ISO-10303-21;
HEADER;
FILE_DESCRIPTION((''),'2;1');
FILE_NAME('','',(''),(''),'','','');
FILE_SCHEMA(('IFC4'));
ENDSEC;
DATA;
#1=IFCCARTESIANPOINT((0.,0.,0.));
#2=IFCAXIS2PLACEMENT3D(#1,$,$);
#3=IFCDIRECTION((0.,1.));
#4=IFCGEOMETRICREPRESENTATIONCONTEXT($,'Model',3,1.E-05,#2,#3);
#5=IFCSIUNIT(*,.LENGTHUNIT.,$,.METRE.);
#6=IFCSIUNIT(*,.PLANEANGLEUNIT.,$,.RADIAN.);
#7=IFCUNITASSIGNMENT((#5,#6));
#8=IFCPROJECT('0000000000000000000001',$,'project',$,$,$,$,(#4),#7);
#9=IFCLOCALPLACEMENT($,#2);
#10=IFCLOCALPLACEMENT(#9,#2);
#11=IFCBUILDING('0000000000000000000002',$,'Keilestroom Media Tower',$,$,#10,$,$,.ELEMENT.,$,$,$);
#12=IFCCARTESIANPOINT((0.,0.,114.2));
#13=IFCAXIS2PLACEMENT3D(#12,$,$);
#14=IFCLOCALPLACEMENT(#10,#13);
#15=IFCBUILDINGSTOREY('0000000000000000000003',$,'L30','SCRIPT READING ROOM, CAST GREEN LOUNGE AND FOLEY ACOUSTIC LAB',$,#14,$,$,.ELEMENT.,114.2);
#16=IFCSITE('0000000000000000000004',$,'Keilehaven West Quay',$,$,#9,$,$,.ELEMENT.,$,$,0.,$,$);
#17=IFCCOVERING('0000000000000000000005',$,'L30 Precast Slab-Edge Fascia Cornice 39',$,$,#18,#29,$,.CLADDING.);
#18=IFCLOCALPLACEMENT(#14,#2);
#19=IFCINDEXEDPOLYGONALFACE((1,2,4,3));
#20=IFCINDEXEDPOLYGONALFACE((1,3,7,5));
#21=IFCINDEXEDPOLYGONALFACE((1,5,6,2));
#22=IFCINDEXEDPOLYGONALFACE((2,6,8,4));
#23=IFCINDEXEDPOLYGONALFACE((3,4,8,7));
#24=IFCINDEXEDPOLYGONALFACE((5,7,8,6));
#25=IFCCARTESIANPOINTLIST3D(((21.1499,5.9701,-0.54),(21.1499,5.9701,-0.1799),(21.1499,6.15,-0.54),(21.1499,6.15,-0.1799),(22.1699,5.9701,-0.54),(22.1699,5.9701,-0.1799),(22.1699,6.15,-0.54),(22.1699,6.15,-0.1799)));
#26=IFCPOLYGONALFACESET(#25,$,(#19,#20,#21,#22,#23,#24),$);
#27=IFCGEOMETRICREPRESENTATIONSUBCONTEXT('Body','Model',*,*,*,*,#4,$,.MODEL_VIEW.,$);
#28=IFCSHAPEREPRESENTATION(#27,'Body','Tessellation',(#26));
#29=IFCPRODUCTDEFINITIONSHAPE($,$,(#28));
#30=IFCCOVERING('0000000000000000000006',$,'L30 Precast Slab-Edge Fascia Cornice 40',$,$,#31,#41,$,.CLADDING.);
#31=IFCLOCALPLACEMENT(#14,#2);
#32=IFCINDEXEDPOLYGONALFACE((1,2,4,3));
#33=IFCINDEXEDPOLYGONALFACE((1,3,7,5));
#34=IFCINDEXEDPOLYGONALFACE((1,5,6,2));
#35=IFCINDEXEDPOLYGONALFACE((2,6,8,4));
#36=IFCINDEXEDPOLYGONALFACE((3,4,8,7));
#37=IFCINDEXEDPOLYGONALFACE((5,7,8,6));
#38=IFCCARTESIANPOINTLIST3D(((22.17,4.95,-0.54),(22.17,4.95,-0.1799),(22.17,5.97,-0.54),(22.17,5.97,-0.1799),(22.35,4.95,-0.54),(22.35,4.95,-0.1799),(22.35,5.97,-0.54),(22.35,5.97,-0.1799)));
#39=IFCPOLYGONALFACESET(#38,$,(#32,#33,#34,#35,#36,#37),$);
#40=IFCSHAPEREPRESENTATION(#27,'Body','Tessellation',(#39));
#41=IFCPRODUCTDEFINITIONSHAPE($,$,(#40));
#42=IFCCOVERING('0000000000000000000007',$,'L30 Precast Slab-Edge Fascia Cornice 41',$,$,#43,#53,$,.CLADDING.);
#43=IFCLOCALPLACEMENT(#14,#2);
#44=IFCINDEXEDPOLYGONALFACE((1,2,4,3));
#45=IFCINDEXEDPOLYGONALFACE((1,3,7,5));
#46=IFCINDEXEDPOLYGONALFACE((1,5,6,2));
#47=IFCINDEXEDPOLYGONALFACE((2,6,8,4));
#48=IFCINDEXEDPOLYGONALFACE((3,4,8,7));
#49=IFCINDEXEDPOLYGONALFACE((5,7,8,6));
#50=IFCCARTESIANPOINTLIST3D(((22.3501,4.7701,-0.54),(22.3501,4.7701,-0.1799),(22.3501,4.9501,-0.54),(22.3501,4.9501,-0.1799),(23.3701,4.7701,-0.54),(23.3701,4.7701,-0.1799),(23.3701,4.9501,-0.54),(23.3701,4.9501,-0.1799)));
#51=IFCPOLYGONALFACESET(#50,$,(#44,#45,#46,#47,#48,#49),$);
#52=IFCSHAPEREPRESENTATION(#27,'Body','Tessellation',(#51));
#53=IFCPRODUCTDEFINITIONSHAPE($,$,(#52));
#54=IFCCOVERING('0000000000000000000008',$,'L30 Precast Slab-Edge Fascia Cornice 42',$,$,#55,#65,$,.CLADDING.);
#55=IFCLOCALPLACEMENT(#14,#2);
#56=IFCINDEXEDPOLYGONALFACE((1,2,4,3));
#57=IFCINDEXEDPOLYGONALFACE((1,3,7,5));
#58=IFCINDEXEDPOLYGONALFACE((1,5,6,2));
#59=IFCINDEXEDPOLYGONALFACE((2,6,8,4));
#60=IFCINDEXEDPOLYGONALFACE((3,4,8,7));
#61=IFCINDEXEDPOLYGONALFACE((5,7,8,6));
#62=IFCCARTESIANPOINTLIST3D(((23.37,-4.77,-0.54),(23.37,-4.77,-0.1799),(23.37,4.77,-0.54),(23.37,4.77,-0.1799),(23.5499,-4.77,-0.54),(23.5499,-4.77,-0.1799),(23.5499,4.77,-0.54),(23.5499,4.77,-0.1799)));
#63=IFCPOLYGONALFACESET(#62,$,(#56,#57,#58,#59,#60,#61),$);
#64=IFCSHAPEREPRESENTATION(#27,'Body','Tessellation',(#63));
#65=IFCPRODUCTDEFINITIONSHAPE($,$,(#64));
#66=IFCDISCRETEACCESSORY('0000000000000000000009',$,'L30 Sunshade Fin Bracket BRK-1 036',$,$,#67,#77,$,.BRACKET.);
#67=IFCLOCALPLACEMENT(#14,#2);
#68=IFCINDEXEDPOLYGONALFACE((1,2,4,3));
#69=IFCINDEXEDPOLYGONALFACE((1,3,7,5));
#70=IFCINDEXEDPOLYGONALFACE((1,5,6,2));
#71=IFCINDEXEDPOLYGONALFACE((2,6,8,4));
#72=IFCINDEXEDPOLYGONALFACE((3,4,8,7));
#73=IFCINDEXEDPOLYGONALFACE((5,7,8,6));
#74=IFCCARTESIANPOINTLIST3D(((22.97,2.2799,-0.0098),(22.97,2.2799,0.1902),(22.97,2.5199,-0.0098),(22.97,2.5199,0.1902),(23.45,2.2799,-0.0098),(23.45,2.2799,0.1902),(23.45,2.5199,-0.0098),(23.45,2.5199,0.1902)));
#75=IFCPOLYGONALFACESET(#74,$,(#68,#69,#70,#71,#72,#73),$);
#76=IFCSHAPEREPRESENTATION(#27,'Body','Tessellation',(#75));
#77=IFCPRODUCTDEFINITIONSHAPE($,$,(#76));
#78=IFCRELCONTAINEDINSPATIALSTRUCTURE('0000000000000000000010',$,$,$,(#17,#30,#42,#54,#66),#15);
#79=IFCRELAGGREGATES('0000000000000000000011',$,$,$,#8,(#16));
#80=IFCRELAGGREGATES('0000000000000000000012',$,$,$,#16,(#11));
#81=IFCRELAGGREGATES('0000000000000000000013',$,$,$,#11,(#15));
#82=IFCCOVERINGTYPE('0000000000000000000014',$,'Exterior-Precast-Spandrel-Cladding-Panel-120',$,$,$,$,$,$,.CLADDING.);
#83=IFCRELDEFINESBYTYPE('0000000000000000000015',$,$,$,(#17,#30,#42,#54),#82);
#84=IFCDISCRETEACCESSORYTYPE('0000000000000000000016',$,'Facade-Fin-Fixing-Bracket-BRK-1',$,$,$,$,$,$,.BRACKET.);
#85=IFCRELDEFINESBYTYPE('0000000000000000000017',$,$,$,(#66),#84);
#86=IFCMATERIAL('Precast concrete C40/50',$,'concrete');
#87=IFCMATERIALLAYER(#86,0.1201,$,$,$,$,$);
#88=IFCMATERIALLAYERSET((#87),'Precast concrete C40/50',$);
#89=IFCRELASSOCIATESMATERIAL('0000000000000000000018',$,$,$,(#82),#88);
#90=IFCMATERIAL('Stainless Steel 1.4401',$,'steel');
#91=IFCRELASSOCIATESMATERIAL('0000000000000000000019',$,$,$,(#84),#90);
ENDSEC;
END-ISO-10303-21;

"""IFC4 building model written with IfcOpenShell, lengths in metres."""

from ifc_helpers import new_model, si_unit, direction, frame, origin, origin_2d, place, context, subcontext, project, spatial, rectangle, extrude, source, transform, mapped, material, layer, layer_set, type_object, element, save


model = new_model("IFC4")

# Units and contexts
model_context = context("Model", 3, precision=1e-05, world=origin(), true_north=direction((0.0, 1.0)))
body_context = subcontext(model_context, "Body", "Model", "MODEL_VIEW")
ifc_project = project(units=[si_unit("LENGTHUNIT", "METRE"), si_unit("PLANEANGLEUNIT", "RADIAN")], contexts=[model_context])

# Site, building, storey
site_placement = place(None, origin())
site = spatial("IfcSite", under=ifc_project, at=site_placement, Name="Keilehaven West Quay", CompositionType="ELEMENT", RefElevation=0.0)
building_placement = place(site_placement, origin())
building = spatial("IfcBuilding", under=site, at=building_placement, Name="Keilestroom Media Tower", CompositionType="ELEMENT")
storey_placement = place(building_placement, frame((0.0, 0.0, 114.2)))
storey = spatial("IfcBuildingStorey", under=building, at=storey_placement, Name="L30", Description="SCRIPT READING ROOM, CAST GREEN LOUNGE AND FOLEY ACOUSTIC LAB", CompositionType="ELEMENT", Elevation=114.2)

# Shared definitions
ifc_material_1 = material(Name="Precast concrete C40/50", Category="concrete")

# Coverings
ifc_layer_1 = layer(ifc_material_1, 0.1201)
ifc_layer_set_1 = layer_set([ifc_layer_1], Name="Precast concrete C40/50")
covering_type = type_object("IfcCoveringType", Name="Exterior-Precast-Spandrel-Cladding-Panel-120", PredefinedType="CLADDING", material=ifc_layer_set_1)
shared_shape_1 = source(origin(), body_context, "Body", "SweptSolid", [
    extrude(rectangle(XDim=1.02, YDim=0.1799, at=origin_2d()), origin(), (0.0, 0.0, 1.0), 0.3601),
])
for number, where, z_axis, x_axis, name in (
    (1, (21.6599, 6.0601, -0.54), (0.0, 0.0, 1.0), (1.0, 0.0, 0.0), "L30 Precast Slab-Edge Fascia Cornice 39"),
    (2, (22.26, 5.46, -0.54), (0.0, 0.0, 1.0), (0.0, -1.0, 0.0), "L30 Precast Slab-Edge Fascia Cornice 40"),
    (3, (22.8601, 4.8601, -0.54), (0.0, 0.0, 1.0), (1.0, 0.0, 0.0), "L30 Precast Slab-Edge Fascia Cornice 41"),
):
    element("IfcCovering", number, at=place(storey_placement, frame(where, z_axis=z_axis, x_axis=x_axis)), inside=storey, type_object=covering_type, Name=name, PredefinedType="CLADDING", context=body_context, shape_type="MappedRepresentation", body=[
        mapped(shared_shape_1, transform((0.0, 0.0, 0.0), x_axis=(1.0, 0.0, 0.0), y_axis=(0.0, 1.0, 0.0), z_axis=(0.0, 0.0, 1.0), scale=1.0)),
    ])
shared_shape_2 = source(origin(), body_context, "Body", "SweptSolid", [
    extrude(rectangle(XDim=9.54, YDim=0.1799, at=origin_2d()), origin(), (0.0, 0.0, 1.0), 0.3601),
])
covering_placement = place(storey_placement, frame((23.46, 0.0, -0.54), z_axis=(0.0, 0.0, 1.0), x_axis=(0.0, -1.0, 0.0)))
element("IfcCovering", 4, at=covering_placement, inside=storey, type_object=covering_type, Name="L30 Precast Slab-Edge Fascia Cornice 42", PredefinedType="CLADDING", context=body_context, shape_type="MappedRepresentation", body=[
    mapped(shared_shape_2, transform((0.0, 0.0, 0.0), x_axis=(1.0, 0.0, 0.0), y_axis=(0.0, 1.0, 0.0), z_axis=(0.0, 0.0, 1.0), scale=1.0)),
])

# Discrete accessory
ifc_material_2 = material(Name="Stainless Steel 1.4401", Category="steel")
discrete_accessory_type = type_object("IfcDiscreteAccessoryType", Name="Facade-Fin-Fixing-Bracket-BRK-1", PredefinedType="BRACKET", material=ifc_material_2)
shared_shape_3 = source(origin(), body_context, "Body", "SweptSolid", [
    extrude(rectangle(XDim=0.48, YDim=0.24, at=origin_2d()), origin(), (0.0, 0.0, 1.0), 0.2),
])
discrete_accessory_placement = place(storey_placement, frame((23.21, 2.3999, -0.0098), z_axis=(0.0, 0.0, 1.0), x_axis=(1.0, 0.0, 0.0)))
element("IfcDiscreteAccessory", 5, at=discrete_accessory_placement, inside=storey, type_object=discrete_accessory_type, Name="L30 Sunshade Fin Bracket BRK-1 036", PredefinedType="BRACKET", context=body_context, shape_type="MappedRepresentation", body=[
    mapped(shared_shape_3, transform((0.0, 0.0, 0.0), x_axis=(1.0, 0.0, 0.0), y_axis=(0.0, 1.0, 0.0), z_axis=(0.0, 0.0, 1.0), scale=1.0)),
])

save(model, "model.ifc")
